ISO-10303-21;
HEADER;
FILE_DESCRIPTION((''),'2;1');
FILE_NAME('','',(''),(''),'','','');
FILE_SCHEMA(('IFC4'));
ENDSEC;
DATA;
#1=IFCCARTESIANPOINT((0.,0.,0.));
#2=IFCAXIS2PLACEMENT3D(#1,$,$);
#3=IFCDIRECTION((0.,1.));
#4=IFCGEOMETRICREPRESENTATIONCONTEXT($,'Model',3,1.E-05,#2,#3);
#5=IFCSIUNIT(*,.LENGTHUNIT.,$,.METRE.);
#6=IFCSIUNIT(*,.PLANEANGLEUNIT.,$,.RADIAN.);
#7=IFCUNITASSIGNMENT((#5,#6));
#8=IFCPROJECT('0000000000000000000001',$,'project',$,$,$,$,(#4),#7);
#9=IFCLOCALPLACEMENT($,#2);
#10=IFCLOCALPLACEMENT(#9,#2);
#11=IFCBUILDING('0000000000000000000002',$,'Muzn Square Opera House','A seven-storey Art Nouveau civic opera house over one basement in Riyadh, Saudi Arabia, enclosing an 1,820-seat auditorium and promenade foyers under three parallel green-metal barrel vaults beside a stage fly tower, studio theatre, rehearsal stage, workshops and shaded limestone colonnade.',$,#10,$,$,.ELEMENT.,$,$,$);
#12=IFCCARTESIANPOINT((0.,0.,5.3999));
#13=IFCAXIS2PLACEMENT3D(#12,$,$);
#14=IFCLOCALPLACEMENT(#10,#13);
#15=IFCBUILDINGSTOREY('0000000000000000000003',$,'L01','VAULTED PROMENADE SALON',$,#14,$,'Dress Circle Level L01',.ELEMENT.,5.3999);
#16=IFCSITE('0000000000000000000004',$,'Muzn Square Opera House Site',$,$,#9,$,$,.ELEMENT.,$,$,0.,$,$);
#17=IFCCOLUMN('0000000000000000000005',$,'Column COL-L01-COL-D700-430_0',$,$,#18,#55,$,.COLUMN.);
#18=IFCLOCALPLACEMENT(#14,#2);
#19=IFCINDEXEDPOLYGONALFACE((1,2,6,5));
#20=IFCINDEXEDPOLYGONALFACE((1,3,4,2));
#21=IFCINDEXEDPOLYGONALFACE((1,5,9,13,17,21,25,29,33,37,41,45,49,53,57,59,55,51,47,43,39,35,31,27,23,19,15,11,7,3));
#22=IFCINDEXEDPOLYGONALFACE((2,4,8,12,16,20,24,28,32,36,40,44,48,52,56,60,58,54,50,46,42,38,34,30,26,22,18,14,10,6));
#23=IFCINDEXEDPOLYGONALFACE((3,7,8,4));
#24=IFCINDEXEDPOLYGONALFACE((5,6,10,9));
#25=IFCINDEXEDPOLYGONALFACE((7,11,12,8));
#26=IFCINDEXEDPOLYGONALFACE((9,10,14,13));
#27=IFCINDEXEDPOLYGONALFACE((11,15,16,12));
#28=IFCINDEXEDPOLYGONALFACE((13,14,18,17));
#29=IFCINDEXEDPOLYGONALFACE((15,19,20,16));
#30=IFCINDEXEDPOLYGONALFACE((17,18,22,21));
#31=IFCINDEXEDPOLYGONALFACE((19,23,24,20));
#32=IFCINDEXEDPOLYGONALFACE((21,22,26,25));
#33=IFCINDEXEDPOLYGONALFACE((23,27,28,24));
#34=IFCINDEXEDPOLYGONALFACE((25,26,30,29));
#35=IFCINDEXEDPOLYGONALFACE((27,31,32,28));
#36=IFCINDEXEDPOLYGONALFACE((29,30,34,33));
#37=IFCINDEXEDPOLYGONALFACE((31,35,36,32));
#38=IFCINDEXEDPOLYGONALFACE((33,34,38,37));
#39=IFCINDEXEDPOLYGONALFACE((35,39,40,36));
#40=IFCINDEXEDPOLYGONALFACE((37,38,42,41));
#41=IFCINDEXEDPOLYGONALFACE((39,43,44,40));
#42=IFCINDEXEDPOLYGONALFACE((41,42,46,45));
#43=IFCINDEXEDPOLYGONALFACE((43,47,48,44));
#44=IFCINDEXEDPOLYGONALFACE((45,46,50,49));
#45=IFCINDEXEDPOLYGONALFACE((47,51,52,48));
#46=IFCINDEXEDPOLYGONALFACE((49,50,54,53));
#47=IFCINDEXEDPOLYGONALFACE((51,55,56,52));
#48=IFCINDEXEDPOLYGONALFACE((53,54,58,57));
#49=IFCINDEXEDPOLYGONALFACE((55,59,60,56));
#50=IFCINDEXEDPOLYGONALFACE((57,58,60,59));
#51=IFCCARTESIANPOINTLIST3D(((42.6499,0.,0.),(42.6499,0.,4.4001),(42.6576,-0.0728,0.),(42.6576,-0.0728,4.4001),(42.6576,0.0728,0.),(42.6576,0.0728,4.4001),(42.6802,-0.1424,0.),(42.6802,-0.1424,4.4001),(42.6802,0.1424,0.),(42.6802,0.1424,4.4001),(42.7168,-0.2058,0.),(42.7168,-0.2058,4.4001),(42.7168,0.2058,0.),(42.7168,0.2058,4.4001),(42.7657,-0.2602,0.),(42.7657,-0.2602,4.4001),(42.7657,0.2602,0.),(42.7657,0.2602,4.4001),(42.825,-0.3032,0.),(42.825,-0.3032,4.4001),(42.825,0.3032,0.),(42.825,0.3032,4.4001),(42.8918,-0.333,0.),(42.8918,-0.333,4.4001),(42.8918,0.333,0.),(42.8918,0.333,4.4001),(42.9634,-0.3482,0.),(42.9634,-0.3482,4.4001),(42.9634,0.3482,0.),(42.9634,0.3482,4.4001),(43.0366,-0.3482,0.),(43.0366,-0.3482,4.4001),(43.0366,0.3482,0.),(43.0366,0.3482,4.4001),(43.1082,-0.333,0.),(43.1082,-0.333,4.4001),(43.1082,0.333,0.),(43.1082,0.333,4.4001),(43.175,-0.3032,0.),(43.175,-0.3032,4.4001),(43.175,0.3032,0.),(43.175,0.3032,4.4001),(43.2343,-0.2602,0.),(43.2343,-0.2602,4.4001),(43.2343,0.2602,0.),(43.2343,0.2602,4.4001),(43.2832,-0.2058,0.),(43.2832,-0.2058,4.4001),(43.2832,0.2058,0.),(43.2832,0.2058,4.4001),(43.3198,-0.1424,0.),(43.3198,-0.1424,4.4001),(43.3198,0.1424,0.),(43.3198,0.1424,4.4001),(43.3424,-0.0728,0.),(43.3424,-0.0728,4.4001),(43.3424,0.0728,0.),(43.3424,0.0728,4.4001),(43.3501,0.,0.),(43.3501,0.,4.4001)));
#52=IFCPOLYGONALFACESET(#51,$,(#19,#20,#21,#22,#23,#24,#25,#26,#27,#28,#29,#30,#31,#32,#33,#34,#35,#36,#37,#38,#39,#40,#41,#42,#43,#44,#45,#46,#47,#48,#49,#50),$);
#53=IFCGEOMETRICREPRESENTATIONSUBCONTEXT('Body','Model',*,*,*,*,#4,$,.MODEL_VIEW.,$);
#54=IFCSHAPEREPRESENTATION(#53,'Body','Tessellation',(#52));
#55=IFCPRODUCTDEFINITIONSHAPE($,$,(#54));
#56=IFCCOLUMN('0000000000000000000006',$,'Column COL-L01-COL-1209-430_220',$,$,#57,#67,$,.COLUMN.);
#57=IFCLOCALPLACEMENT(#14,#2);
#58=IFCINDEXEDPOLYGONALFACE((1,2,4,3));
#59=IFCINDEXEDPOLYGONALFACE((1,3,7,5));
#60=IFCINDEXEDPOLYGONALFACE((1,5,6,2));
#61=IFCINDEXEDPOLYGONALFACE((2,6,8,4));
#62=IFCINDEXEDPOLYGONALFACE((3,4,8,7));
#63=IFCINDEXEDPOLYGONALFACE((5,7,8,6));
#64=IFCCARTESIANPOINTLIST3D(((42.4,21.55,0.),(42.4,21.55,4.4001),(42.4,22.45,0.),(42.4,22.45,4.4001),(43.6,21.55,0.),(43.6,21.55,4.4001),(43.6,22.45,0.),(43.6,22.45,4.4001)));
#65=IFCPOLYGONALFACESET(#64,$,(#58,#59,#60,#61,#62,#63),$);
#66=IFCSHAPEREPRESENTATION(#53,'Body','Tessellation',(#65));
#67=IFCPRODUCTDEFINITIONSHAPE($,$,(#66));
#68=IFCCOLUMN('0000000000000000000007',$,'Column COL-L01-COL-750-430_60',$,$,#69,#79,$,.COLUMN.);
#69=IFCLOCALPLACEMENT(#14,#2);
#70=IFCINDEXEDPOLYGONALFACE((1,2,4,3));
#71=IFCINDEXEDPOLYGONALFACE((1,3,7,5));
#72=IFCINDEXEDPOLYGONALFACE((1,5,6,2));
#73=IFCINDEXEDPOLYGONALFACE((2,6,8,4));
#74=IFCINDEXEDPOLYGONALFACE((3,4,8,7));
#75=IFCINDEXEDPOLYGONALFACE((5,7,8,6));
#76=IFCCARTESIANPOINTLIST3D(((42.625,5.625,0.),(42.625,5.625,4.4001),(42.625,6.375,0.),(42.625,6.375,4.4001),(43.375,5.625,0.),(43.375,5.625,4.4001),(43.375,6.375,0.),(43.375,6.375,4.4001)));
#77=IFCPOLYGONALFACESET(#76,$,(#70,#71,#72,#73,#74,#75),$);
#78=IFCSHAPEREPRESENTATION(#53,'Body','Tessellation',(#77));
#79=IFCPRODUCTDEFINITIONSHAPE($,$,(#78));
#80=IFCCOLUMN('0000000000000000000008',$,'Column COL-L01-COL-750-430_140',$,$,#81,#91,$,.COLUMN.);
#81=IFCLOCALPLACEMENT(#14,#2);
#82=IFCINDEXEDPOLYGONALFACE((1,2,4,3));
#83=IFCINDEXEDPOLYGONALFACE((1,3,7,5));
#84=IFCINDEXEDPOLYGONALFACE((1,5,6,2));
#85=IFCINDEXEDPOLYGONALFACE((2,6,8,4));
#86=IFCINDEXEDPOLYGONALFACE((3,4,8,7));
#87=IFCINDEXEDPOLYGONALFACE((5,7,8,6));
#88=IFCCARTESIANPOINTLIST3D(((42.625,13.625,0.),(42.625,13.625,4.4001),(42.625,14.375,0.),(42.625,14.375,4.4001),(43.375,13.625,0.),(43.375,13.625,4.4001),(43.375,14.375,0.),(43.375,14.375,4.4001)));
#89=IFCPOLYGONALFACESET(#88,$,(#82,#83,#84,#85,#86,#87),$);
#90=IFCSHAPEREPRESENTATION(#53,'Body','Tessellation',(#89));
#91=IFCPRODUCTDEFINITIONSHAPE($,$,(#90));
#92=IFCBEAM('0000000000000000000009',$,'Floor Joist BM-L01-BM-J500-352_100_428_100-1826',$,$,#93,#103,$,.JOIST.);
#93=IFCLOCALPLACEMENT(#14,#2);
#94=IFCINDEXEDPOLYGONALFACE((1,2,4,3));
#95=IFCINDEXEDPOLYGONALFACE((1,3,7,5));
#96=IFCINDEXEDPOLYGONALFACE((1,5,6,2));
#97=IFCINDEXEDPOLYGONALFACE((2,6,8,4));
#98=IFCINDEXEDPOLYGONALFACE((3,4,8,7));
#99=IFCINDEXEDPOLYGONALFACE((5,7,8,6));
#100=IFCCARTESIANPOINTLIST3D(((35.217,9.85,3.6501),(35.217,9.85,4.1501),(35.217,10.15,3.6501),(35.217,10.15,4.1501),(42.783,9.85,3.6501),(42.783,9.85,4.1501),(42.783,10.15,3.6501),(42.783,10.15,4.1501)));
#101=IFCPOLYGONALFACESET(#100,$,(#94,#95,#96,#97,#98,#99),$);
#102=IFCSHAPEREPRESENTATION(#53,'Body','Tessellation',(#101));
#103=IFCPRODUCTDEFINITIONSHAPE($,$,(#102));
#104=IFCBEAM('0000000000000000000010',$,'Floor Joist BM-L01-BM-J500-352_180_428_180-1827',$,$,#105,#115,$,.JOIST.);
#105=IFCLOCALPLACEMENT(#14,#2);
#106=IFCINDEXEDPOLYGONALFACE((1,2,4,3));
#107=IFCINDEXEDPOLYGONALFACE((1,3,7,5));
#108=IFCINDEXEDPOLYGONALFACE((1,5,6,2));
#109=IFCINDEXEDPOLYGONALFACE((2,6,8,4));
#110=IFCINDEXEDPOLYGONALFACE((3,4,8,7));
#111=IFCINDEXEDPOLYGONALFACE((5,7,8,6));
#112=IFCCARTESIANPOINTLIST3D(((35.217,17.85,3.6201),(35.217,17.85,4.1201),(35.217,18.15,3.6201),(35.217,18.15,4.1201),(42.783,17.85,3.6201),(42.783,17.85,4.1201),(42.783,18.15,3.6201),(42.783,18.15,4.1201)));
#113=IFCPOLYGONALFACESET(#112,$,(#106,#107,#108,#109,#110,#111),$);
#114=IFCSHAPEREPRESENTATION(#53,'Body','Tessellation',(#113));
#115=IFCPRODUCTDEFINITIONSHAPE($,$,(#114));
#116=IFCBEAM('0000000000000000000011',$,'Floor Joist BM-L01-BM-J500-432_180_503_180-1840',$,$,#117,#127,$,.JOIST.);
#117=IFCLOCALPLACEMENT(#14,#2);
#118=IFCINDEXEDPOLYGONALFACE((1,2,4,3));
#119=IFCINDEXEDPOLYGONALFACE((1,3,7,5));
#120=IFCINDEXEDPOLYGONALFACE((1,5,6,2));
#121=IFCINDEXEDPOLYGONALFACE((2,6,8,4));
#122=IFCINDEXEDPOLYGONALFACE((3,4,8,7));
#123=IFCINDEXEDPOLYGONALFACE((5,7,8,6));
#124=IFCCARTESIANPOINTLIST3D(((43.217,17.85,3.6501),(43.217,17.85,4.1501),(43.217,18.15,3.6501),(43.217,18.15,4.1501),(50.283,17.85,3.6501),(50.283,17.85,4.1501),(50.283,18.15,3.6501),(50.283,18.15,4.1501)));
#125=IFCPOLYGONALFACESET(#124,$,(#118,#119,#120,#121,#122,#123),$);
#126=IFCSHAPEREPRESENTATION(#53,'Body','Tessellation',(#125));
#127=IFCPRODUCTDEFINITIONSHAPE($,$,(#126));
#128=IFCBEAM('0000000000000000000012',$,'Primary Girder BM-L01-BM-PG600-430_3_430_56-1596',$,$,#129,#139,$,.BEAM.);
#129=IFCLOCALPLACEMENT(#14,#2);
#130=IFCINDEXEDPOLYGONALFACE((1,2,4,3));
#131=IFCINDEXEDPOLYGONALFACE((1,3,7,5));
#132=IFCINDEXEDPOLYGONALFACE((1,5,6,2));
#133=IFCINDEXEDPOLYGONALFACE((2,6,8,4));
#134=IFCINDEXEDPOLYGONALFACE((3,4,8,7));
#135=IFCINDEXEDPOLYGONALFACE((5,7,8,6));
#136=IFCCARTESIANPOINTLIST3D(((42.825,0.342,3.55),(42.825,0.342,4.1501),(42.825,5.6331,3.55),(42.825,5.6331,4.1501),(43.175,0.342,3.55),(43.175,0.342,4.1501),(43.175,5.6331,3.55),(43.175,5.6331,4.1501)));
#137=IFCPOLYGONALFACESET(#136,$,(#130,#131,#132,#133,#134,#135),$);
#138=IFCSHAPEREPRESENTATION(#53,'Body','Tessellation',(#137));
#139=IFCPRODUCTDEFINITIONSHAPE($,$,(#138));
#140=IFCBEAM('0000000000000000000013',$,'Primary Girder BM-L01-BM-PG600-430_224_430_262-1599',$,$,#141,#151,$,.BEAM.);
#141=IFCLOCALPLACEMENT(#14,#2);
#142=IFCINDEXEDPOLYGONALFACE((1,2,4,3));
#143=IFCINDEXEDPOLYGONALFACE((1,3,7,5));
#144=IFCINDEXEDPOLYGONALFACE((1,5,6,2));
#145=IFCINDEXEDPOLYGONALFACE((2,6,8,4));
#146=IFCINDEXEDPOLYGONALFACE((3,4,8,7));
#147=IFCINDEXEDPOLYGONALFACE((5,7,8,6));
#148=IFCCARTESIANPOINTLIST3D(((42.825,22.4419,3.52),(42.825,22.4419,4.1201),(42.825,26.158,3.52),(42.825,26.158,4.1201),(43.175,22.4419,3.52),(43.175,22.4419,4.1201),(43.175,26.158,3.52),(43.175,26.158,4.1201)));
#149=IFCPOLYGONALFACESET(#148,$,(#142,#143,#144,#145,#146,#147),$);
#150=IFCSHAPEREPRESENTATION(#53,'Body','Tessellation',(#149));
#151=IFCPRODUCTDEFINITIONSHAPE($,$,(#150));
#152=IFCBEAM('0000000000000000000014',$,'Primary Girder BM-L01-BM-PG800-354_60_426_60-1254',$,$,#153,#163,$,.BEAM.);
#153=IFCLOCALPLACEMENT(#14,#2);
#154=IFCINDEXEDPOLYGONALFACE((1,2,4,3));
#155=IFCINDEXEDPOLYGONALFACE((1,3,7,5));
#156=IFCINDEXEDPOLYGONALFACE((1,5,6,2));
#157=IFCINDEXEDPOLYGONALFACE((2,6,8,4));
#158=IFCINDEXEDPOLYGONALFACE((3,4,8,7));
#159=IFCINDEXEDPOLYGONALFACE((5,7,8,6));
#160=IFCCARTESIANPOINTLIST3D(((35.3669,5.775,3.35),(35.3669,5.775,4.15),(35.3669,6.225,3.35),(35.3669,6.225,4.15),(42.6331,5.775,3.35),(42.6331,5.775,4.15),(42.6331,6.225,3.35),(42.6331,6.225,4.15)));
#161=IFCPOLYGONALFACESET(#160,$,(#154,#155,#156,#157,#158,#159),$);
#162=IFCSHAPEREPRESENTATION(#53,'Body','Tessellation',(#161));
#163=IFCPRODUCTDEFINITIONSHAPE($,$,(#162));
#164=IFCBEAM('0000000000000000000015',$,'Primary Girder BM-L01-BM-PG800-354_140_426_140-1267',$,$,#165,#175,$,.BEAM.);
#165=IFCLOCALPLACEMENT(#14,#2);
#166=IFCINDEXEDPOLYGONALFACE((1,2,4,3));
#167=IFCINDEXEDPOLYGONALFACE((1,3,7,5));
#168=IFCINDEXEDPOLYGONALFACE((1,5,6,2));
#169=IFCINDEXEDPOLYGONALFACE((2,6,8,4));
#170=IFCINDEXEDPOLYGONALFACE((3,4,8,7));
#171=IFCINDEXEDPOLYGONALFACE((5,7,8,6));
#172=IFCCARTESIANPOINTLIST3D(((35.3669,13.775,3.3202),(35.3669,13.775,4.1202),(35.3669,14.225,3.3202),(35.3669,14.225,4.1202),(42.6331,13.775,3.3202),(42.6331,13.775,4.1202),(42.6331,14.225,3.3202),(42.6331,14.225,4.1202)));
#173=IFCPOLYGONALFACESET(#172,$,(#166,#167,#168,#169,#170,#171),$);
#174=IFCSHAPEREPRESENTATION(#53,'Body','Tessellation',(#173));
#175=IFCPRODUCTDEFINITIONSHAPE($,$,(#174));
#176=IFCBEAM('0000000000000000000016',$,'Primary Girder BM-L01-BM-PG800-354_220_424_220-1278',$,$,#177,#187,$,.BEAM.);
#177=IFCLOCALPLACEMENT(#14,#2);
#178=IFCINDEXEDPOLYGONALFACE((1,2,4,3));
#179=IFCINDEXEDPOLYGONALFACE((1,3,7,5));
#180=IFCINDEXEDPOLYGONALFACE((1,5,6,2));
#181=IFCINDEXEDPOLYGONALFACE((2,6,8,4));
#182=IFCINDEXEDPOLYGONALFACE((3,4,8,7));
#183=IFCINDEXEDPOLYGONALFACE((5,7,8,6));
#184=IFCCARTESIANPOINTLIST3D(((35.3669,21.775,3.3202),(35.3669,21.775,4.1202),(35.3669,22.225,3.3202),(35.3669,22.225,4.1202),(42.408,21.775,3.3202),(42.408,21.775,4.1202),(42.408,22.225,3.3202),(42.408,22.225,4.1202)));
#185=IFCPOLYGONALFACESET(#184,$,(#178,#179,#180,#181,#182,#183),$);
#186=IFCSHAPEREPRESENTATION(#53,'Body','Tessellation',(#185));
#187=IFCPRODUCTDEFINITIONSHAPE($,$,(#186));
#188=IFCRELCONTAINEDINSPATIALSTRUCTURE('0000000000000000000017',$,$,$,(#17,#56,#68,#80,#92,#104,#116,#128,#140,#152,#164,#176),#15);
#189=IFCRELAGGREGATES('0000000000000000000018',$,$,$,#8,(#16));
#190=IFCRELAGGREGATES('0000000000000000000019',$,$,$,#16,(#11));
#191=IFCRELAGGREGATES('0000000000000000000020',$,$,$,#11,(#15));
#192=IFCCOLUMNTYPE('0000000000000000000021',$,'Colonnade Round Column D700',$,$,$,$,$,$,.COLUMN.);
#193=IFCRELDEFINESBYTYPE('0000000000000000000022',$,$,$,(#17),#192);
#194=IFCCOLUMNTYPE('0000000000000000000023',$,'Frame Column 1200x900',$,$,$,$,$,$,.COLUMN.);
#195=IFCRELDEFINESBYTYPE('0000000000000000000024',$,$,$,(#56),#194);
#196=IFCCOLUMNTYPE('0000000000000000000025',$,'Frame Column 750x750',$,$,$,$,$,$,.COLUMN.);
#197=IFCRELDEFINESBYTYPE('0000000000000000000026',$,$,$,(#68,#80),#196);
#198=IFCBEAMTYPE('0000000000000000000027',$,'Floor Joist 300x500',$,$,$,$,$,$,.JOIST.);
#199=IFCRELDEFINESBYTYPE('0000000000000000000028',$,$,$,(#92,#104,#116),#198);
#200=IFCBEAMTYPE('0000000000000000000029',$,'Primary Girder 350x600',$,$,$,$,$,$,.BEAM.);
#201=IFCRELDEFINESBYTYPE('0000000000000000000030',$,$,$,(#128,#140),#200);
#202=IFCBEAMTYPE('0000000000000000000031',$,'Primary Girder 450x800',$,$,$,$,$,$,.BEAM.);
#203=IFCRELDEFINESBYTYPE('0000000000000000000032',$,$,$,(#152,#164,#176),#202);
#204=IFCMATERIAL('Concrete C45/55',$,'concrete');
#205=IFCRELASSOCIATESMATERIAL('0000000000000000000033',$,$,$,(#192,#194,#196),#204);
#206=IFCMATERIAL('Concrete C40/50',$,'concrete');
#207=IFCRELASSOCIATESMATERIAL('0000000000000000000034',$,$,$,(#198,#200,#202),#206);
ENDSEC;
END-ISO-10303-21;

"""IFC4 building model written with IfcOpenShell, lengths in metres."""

from ifc_helpers import new_model, si_unit, direction, frame, origin, origin_2d, place, context, subcontext, project, spatial, rectangle, circle, extrude, material, material_profile, profile_set, type_object, element, save


model = new_model("IFC4")

# Units and contexts
model_context = context("Model", 3, precision=1e-05, world=origin(), true_north=direction((0.0, 1.0)))
body_context = subcontext(model_context, "Body", "Model", "MODEL_VIEW")
ifc_project = project(units=[si_unit("LENGTHUNIT", "METRE"), si_unit("PLANEANGLEUNIT", "RADIAN")], contexts=[model_context])

# Site, building, storey
site_placement = place(None, origin())
site = spatial("IfcSite", under=ifc_project, at=site_placement, Name="Muzn Square Opera House Site", CompositionType="ELEMENT", RefElevation=0.0)
building_placement = place(site_placement, origin())
building = spatial("IfcBuilding", under=site, at=building_placement, Name="Muzn Square Opera House", Description="A seven-storey Art Nouveau civic opera house over one basement in Riyadh, Saudi Arabia, enclosing an 1,820-seat auditorium and promenade foyers under three parallel green-metal barrel vaults beside a stage fly tower, studio theatre, rehearsal stage, workshops and shaded limestone colonnade.", CompositionType="ELEMENT")
storey_placement = place(building_placement, frame((0.0, 0.0, 5.3999)))
storey = spatial("IfcBuildingStorey", under=building, at=storey_placement, Name="L01", Description="VAULTED PROMENADE SALON", LongName="Dress Circle Level L01", CompositionType="ELEMENT", Elevation=5.3999)

# Columns
ifc_material_1 = material(Name="Concrete C45/55", Category="concrete")
ifc_material_profile_1 = material_profile(ifc_material_1, circle(Radius=0.3501, at=origin_2d()), Name="RCC D700", Category="concrete")
ifc_profile_set_1 = profile_set([ifc_material_profile_1], Name="Concrete C45/55")
column_type_1 = type_object("IfcColumnType", Name="Colonnade Round Column D700", PredefinedType="COLUMN", material=ifc_profile_set_1)
column_1_placement = place(storey_placement, frame((43.0, 0.0, 0.0), z_axis=(0.0, 0.0, 1.0), x_axis=(1.0, 0.0, 0.0)))
element("IfcColumn", 1, at=column_1_placement, inside=storey, type_object=column_type_1, Name="Column COL-L01-COL-D700-430_0", PredefinedType="COLUMN", context=body_context, shape_type="SweptSolid", body=[
    extrude(circle(Radius=0.3501, at=origin_2d()), origin(), (0.0, 0.0, 1.0), 4.4001),
])
ifc_material_profile_2 = material_profile(ifc_material_1, rectangle(XDim=1.2, YDim=0.8999, at=origin_2d()), Name="RC 1200x900", Category="concrete")
ifc_profile_set_2 = profile_set([ifc_material_profile_2], Name="Concrete C45/55")
column_type_2 = type_object("IfcColumnType", Name="Frame Column 1200x900", PredefinedType="COLUMN", material=ifc_profile_set_2)
column_2_placement = place(storey_placement, frame((43.0, 22.0, 0.0), z_axis=(0.0, 0.0, 1.0), x_axis=(1.0, 0.0, 0.0)))
element("IfcColumn", 2, at=column_2_placement, inside=storey, type_object=column_type_2, Name="Column COL-L01-COL-1209-430_220", PredefinedType="COLUMN", context=body_context, shape_type="SweptSolid", body=[
    extrude(rectangle(XDim=1.2, YDim=0.8999, at=origin_2d()), origin(), (0.0, 0.0, 1.0), 4.4001),
])
ifc_material_profile_3 = material_profile(ifc_material_1, rectangle(XDim=0.75, YDim=0.75, at=origin_2d()), Name="RC 750x750", Category="concrete")
ifc_profile_set_3 = profile_set([ifc_material_profile_3], Name="Concrete C45/55")
column_type_3 = type_object("IfcColumnType", Name="Frame Column 750x750", PredefinedType="COLUMN", material=ifc_profile_set_3)
for number, where, z_axis, x_axis, name in (
    (3, (43.0, 6.0, 0.0), (0.0, 0.0, 1.0), (1.0, 0.0, 0.0), "Column COL-L01-COL-750-430_60"),
    (4, (43.0, 14.0, 0.0), (0.0, 0.0, 1.0), (1.0, 0.0, 0.0), "Column COL-L01-COL-750-430_140"),
):
    element("IfcColumn", number, at=place(storey_placement, frame(where, z_axis=z_axis, x_axis=x_axis)), inside=storey, type_object=column_type_3, Name=name, PredefinedType="COLUMN", context=body_context, shape_type="SweptSolid", body=[
        extrude(rectangle(XDim=0.75, YDim=0.75, at=origin_2d()), origin(), (0.0, 0.0, 1.0), 4.4001),
    ])

# Beams
ifc_material_2 = material(Name="Concrete C40/50", Category="concrete")
ifc_material_profile_4 = material_profile(ifc_material_2, rectangle(XDim=0.3, YDim=0.5, at=origin_2d()), Name="RCJ 300x500", Category="concrete")
ifc_profile_set_4 = profile_set([ifc_material_profile_4], Name="Concrete C40/50")
beam_type_1 = type_object("IfcBeamType", Name="Floor Joist 300x500", PredefinedType="JOIST", material=ifc_profile_set_4)
for number, where, z_axis, x_axis, name in (
    (5, (35.217, 10.0, 3.9001), (1.0, 0.0, 0.0), (0.0, 1.0, 0.0), "Floor Joist BM-L01-BM-J500-352_100_428_100-1826"),
    (6, (35.217, 18.0, 3.8701), (1.0, 0.0, 0.0), (0.0, 1.0, 0.0), "Floor Joist BM-L01-BM-J500-352_180_428_180-1827"),
):
    element("IfcBeam", number, at=place(storey_placement, frame(where, z_axis=z_axis, x_axis=x_axis)), inside=storey, type_object=beam_type_1, Name=name, PredefinedType="JOIST", context=body_context, shape_type="SweptSolid", body=[
        extrude(rectangle(XDim=0.3, YDim=0.5, at=origin_2d()), origin(), (0.0, 0.0, 1.0), 7.5659),
    ])
beam_1_placement = place(storey_placement, frame((43.217, 18.0, 3.9001), z_axis=(1.0, 0.0, 0.0), x_axis=(0.0, 1.0, 0.0)))
element("IfcBeam", 7, at=beam_1_placement, inside=storey, type_object=beam_type_1, Name="Floor Joist BM-L01-BM-J500-432_180_503_180-1840", PredefinedType="JOIST", context=body_context, shape_type="SweptSolid", body=[
    extrude(rectangle(XDim=0.3, YDim=0.5, at=origin_2d()), origin(), (0.0, 0.0, 1.0), 7.0659),
])
ifc_material_profile_5 = material_profile(ifc_material_2, rectangle(XDim=0.3501, YDim=0.6001, at=origin_2d()), Name="RCB 350x600", Category="concrete")
ifc_profile_set_5 = profile_set([ifc_material_profile_5], Name="Concrete C40/50")
beam_type_2 = type_object("IfcBeamType", Name="Primary Girder 350x600", PredefinedType="BEAM", material=ifc_profile_set_5)
beam_2_placement = place(storey_placement, frame((43.0, 0.342, 3.8501), z_axis=(0.0, 1.0, 0.0), x_axis=(-1.0, 0.0, 0.0)))
element("IfcBeam", 8, at=beam_2_placement, inside=storey, type_object=beam_type_2, Name="Primary Girder BM-L01-BM-PG600-430_3_430_56-1596", PredefinedType="BEAM", context=body_context, shape_type="SweptSolid", body=[
    extrude(rectangle(XDim=0.3501, YDim=0.6001, at=origin_2d()), origin(), (0.0, 0.0, 1.0), 5.291),
])
beam_3_placement = place(storey_placement, frame((43.0, 22.4419, 3.8201), z_axis=(0.0, 1.0, 0.0), x_axis=(-1.0, 0.0, 0.0)))
element("IfcBeam", 9, at=beam_3_placement, inside=storey, type_object=beam_type_2, Name="Primary Girder BM-L01-BM-PG600-430_224_430_262-1599", PredefinedType="BEAM", context=body_context, shape_type="SweptSolid", body=[
    extrude(rectangle(XDim=0.3501, YDim=0.6001, at=origin_2d()), origin(), (0.0, 0.0, 1.0), 3.7161),
])
ifc_material_profile_6 = material_profile(ifc_material_2, rectangle(XDim=0.45, YDim=0.8, at=origin_2d()), Name="RCB 450x800", Category="concrete")
ifc_profile_set_6 = profile_set([ifc_material_profile_6], Name="Concrete C40/50")
beam_type_3 = type_object("IfcBeamType", Name="Primary Girder 450x800", PredefinedType="BEAM", material=ifc_profile_set_6)
for number, where, z_axis, x_axis, name in (
    (10, (35.3669, 6.0, 3.75), (1.0, 0.0, 0.0), (0.0, 1.0, 0.0), "Primary Girder BM-L01-BM-PG800-354_60_426_60-1254"),
    (11, (35.3669, 14.0, 3.7202), (1.0, 0.0, 0.0), (0.0, 1.0, 0.0), "Primary Girder BM-L01-BM-PG800-354_140_426_140-1267"),
):
    element("IfcBeam", number, at=place(storey_placement, frame(where, z_axis=z_axis, x_axis=x_axis)), inside=storey, type_object=beam_type_3, Name=name, PredefinedType="BEAM", context=body_context, shape_type="SweptSolid", body=[
        extrude(rectangle(XDim=0.45, YDim=0.8, at=origin_2d()), origin(), (0.0, 0.0, 1.0), 7.2661),
    ])
beam_4_placement = place(storey_placement, frame((35.3669, 22.0, 3.7202), z_axis=(1.0, 0.0, 0.0), x_axis=(0.0, 1.0, 0.0)))
element("IfcBeam", 12, at=beam_4_placement, inside=storey, type_object=beam_type_3, Name="Primary Girder BM-L01-BM-PG800-354_220_424_220-1278", PredefinedType="BEAM", context=body_context, shape_type="SweptSolid", body=[
    extrude(rectangle(XDim=0.45, YDim=0.8, at=origin_2d()), origin(), (0.0, 0.0, 1.0), 7.041),
])

save(model, "model.ifc")
